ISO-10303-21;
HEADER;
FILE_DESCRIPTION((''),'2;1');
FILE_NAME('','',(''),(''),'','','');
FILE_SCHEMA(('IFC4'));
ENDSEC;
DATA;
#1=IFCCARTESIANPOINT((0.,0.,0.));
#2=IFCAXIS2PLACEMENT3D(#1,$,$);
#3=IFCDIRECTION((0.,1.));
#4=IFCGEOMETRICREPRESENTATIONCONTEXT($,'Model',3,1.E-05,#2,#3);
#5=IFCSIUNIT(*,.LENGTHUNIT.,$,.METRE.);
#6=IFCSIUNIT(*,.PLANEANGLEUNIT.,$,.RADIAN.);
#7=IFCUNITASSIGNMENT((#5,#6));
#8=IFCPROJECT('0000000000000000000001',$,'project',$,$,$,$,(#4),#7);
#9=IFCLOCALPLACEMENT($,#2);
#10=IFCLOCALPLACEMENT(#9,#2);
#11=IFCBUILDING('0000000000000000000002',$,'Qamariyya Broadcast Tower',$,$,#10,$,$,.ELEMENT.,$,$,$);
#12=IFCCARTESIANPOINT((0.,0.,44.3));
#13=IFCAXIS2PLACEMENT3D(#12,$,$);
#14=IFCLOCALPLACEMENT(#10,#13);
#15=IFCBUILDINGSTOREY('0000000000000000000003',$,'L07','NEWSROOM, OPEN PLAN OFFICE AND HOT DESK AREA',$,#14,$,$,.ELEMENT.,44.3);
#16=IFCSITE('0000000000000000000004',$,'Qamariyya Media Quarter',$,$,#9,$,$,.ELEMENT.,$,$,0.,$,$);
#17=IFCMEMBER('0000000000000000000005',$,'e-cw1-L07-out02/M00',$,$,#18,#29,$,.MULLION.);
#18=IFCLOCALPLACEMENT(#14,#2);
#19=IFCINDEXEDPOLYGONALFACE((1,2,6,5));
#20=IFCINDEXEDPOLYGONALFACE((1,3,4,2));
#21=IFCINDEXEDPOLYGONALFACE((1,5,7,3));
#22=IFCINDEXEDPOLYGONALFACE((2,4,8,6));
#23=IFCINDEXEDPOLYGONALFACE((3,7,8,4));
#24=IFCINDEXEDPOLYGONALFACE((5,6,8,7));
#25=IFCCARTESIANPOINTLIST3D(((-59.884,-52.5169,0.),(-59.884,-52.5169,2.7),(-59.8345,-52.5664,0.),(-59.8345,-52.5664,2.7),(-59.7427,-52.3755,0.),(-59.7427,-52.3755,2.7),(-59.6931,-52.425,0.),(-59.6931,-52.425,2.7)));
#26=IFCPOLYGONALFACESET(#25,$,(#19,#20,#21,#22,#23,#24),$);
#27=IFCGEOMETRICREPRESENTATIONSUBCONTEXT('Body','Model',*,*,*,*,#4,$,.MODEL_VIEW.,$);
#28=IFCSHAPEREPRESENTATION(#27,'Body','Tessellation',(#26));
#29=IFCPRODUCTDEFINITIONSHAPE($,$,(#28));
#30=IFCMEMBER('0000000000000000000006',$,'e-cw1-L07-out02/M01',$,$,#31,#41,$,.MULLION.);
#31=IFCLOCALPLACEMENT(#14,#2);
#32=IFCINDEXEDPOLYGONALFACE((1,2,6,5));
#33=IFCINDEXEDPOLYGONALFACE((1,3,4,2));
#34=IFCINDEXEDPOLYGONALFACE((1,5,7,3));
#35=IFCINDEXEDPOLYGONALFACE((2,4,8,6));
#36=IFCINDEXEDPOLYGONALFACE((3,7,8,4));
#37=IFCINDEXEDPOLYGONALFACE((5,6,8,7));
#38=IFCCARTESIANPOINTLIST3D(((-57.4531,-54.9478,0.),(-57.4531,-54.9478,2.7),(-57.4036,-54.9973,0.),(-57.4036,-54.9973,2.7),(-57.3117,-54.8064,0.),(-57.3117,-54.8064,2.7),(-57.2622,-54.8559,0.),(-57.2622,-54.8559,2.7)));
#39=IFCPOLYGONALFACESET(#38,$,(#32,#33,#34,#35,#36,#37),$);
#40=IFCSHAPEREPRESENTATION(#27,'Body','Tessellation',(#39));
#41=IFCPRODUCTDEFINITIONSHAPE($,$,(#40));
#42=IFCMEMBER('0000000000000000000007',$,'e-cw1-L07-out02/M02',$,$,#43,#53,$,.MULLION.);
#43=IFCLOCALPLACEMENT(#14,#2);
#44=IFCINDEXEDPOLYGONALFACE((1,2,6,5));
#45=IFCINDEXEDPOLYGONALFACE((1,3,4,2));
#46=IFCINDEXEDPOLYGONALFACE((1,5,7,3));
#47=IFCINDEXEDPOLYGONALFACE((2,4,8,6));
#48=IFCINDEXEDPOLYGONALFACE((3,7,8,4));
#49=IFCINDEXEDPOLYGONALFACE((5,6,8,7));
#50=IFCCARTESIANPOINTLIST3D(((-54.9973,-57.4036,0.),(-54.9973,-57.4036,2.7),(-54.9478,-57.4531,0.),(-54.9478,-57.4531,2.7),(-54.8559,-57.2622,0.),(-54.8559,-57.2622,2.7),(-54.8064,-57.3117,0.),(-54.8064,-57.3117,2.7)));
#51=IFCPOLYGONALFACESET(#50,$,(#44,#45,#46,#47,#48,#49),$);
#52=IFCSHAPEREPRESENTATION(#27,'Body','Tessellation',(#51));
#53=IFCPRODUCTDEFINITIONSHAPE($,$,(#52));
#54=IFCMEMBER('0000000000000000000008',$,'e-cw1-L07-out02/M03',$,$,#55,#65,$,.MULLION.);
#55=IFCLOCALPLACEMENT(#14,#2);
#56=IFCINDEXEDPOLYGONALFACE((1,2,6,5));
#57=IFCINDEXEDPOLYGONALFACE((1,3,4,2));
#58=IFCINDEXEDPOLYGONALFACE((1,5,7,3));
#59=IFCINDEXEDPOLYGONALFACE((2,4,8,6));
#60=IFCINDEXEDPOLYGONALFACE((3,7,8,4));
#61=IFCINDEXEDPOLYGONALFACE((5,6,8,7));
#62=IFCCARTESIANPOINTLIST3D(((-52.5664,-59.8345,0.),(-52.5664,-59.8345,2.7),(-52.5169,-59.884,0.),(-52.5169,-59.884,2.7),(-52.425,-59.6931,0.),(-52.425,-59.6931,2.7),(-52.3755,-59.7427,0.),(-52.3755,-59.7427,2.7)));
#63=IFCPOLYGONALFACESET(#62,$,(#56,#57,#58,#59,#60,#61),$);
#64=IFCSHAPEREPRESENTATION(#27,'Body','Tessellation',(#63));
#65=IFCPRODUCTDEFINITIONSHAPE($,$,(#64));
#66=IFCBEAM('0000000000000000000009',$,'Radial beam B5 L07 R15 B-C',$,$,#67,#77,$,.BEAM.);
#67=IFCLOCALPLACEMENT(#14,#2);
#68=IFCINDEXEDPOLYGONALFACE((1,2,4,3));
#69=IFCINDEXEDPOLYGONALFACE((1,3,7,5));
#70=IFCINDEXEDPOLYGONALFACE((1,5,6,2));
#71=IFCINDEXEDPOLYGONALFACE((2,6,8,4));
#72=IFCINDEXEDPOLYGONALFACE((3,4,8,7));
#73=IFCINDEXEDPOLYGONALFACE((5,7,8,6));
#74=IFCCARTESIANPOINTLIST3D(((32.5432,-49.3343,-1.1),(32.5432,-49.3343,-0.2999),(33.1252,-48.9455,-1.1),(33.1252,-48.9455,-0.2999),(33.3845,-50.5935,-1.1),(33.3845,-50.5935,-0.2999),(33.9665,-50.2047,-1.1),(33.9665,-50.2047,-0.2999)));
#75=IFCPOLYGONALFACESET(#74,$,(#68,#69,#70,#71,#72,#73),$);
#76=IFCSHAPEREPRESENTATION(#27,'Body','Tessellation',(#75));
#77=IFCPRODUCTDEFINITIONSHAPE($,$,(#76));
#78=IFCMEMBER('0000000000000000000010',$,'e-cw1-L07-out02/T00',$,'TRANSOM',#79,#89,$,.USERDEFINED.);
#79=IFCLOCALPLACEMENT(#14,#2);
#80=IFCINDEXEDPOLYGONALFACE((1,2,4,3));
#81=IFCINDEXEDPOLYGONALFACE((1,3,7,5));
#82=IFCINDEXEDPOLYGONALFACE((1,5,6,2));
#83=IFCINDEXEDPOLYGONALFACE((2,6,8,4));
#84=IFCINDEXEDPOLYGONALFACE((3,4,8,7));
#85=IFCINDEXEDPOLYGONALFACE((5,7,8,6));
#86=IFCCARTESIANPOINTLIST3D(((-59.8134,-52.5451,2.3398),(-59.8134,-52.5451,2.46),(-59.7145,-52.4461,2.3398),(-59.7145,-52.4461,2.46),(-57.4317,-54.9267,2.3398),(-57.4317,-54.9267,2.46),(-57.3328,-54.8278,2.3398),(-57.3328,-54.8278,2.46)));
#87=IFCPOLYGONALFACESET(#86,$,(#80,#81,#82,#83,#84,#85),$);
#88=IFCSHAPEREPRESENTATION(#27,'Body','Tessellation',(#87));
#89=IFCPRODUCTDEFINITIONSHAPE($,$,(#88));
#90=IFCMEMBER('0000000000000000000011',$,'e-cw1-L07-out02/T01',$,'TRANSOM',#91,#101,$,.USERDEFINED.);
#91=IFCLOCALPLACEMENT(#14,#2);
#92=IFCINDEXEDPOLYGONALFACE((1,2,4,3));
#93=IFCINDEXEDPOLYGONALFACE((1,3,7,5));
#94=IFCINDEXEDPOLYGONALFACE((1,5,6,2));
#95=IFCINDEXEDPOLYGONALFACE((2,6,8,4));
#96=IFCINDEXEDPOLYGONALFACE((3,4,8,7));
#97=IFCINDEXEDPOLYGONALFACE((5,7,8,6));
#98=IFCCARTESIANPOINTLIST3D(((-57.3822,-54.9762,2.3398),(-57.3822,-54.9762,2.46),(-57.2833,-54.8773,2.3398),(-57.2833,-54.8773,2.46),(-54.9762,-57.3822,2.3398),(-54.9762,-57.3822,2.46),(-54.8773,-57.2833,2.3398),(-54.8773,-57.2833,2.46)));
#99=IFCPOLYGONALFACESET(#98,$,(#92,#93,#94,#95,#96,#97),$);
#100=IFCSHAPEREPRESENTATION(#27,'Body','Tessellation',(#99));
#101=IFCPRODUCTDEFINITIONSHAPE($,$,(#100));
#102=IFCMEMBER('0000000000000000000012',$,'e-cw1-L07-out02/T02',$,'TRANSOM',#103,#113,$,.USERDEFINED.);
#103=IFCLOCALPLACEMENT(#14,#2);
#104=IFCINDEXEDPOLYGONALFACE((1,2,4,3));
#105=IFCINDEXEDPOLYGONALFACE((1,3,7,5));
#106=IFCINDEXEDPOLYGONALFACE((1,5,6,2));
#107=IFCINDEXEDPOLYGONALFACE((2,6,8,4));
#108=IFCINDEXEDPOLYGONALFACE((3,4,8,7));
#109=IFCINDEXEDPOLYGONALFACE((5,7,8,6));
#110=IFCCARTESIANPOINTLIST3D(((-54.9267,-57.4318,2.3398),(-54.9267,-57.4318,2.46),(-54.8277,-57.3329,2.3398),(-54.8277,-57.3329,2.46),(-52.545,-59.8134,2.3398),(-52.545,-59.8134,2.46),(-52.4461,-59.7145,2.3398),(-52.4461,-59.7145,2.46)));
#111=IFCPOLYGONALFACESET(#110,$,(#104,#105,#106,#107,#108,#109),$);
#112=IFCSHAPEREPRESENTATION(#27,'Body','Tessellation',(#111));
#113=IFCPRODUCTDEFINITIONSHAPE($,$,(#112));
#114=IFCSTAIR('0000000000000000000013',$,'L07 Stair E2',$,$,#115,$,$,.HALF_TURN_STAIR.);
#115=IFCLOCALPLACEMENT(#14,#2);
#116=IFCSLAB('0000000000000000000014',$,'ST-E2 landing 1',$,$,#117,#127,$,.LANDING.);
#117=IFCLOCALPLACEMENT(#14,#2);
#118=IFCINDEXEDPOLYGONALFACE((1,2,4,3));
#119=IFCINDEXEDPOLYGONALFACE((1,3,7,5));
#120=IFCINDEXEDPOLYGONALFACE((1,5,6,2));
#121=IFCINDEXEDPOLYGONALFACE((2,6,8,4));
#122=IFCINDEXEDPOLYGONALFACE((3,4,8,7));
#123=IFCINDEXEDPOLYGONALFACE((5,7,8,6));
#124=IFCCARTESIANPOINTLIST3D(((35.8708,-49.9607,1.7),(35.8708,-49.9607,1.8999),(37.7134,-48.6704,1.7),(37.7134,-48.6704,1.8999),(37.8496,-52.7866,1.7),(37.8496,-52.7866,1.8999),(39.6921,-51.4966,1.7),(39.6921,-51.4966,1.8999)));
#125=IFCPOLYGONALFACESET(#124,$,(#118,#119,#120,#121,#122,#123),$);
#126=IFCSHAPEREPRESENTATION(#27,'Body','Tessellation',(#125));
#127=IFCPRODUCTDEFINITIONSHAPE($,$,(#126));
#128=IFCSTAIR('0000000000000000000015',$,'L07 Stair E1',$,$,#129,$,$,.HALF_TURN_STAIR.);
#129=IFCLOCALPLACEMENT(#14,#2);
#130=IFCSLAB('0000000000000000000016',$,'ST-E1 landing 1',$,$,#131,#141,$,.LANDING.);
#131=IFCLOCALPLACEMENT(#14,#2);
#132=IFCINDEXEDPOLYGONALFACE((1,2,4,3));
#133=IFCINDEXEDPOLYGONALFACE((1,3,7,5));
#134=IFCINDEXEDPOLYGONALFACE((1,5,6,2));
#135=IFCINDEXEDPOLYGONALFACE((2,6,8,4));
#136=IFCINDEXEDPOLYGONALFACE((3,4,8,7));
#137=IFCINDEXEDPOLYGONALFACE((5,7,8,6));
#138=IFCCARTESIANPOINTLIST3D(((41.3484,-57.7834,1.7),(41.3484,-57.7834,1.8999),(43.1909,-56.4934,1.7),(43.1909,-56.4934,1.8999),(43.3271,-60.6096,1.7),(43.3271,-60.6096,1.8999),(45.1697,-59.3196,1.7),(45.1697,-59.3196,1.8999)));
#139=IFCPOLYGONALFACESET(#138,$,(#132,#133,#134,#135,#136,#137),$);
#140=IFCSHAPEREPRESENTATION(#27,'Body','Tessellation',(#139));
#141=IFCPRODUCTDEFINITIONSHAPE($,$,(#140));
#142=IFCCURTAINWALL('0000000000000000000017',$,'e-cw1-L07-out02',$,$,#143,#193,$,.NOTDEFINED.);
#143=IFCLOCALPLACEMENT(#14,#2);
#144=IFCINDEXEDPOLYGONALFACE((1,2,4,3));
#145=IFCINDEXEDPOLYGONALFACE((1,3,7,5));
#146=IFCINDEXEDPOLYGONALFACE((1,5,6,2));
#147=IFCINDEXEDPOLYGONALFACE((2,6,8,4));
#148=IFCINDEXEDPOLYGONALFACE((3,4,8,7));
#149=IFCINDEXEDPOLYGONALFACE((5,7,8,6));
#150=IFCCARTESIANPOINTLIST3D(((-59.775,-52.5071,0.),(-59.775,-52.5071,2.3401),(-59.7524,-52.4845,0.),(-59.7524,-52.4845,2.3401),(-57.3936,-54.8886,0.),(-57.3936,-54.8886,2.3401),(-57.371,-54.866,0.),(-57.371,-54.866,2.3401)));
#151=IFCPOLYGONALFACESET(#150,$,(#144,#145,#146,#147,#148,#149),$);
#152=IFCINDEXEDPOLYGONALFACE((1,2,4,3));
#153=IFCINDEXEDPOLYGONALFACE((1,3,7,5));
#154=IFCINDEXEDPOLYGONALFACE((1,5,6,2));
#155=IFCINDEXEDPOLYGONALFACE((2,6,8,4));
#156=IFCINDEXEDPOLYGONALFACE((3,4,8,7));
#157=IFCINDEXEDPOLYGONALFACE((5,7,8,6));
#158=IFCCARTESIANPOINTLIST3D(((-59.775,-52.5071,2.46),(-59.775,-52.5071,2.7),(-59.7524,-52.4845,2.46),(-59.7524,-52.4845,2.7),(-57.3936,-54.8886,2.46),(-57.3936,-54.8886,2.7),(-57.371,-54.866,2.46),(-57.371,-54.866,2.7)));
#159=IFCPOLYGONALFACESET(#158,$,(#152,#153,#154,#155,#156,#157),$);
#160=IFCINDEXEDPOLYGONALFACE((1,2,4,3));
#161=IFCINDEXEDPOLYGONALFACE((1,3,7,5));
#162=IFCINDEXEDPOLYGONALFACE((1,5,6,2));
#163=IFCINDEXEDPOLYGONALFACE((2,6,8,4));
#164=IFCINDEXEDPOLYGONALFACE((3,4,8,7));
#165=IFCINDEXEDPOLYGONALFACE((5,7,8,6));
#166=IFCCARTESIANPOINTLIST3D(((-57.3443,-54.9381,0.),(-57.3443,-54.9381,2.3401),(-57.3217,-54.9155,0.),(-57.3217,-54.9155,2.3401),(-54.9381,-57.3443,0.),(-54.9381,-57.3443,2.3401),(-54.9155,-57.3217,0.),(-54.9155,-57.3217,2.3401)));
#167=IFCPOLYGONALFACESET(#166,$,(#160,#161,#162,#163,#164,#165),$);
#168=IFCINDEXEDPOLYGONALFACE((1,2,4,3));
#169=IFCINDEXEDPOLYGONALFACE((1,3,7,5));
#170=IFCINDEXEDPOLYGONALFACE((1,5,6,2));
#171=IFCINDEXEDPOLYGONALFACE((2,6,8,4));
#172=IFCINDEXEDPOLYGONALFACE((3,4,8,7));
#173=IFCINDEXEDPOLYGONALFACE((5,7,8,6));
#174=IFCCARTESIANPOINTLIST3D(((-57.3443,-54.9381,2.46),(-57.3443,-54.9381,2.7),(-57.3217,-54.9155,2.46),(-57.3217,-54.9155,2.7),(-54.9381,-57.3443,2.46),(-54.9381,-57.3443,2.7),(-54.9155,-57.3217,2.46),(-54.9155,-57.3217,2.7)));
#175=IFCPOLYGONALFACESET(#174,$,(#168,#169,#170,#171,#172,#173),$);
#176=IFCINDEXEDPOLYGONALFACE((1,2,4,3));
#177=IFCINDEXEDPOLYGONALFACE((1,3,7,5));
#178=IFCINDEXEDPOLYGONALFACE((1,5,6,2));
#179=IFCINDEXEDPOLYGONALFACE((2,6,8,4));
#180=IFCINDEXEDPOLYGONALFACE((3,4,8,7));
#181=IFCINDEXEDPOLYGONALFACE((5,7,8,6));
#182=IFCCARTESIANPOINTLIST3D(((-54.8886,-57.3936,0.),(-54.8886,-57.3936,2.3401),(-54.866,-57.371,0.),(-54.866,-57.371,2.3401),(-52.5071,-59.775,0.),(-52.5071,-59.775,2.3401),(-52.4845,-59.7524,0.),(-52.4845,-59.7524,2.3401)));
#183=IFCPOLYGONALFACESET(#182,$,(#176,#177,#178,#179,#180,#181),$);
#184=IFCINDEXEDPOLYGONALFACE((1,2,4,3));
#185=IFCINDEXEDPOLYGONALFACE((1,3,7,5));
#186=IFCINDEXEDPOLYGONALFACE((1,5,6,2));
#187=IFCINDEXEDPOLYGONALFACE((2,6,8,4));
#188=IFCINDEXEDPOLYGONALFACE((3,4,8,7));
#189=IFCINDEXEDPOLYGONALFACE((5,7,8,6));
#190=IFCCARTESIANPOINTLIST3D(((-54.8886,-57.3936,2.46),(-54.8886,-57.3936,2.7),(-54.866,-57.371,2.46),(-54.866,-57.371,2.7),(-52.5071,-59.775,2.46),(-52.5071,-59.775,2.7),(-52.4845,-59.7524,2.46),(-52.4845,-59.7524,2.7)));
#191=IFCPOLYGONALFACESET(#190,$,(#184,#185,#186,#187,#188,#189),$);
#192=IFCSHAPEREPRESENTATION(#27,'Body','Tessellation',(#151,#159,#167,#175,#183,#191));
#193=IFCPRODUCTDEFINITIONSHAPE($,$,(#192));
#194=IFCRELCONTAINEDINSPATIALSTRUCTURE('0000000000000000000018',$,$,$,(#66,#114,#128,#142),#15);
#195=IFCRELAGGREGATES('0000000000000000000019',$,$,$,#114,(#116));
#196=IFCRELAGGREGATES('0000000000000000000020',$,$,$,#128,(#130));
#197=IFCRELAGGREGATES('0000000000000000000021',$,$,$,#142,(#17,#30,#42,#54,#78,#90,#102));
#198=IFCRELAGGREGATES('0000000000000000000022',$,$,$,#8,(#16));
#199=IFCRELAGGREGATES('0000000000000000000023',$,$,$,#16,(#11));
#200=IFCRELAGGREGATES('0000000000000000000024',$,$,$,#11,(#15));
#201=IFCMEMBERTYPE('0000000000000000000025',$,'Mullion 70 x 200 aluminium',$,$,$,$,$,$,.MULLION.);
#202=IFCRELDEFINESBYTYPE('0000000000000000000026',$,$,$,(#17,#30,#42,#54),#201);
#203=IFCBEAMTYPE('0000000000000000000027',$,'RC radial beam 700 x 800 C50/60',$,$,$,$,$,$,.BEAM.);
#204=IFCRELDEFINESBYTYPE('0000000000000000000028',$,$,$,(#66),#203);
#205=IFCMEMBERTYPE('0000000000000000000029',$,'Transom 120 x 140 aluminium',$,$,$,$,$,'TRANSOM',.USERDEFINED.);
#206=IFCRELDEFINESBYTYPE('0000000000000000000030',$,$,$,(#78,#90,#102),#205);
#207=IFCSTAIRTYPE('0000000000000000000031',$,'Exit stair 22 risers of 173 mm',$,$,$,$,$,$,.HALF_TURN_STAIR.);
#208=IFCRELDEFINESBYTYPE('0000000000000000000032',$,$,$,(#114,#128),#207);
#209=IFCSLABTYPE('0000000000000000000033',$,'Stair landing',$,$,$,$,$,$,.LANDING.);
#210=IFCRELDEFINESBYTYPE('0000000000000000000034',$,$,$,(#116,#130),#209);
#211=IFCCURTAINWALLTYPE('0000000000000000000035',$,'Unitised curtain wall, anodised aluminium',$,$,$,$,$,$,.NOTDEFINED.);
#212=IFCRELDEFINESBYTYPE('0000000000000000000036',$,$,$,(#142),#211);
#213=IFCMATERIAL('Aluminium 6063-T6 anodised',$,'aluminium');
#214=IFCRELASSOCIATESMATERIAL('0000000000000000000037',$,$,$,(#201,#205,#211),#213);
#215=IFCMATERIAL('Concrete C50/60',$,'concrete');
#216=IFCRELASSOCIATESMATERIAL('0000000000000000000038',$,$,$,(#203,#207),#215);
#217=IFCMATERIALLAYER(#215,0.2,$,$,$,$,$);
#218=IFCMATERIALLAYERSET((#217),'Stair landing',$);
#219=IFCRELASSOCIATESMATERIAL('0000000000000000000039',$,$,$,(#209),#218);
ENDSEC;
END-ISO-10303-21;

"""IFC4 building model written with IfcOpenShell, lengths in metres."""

from ifc_helpers import new_model, si_unit, direction, frame, origin, origin_2d, place, context, subcontext, project, spatial, polyline, rectangle, outline, extrude, material, layer, layer_set, material_profile, profile_set, type_object, element, aggregate, save


model = new_model("IFC4")

# Units and contexts
model_context = context("Model", 3, precision=1e-05, world=origin(), true_north=direction((0.0, 1.0)))
body_context = subcontext(model_context, "Body", "Model", "MODEL_VIEW")
ifc_project = project(units=[si_unit("LENGTHUNIT", "METRE"), si_unit("PLANEANGLEUNIT", "RADIAN")], contexts=[model_context])

# Site, building, storey
site_placement = place(None, origin())
site = spatial("IfcSite", under=ifc_project, at=site_placement, Name="Qamariyya Media Quarter", CompositionType="ELEMENT", RefElevation=0.0)
building_placement = place(site_placement, origin())
building = spatial("IfcBuilding", under=site, at=building_placement, Name="Qamariyya Broadcast Tower", CompositionType="ELEMENT")
storey_placement = place(building_placement, frame((0.0, 0.0, 44.3)))
storey = spatial("IfcBuildingStorey", under=building, at=storey_placement, Name="L07", Description="NEWSROOM, OPEN PLAN OFFICE AND HOT DESK AREA", CompositionType="ELEMENT", Elevation=44.3)

# Members
ifc_material_1 = material(Name="Aluminium 6063-T6 anodised", Category="aluminium")
ifc_material_profile_1 = material_profile(ifc_material_1, rectangle(XDim=0.2, YDim=0.0701, at=origin_2d()))
ifc_profile_set_1 = profile_set([ifc_material_profile_1], Name="Aluminium 6063-T6 anodised")
member_type_1 = type_object("IfcMemberType", Name="Mullion 70 x 200 aluminium", PredefinedType="MULLION", material=ifc_profile_set_1)
member_1_placement = place(storey_placement, frame((-59.7886, -52.4709, 0.0), z_axis=(0.0, 0.0, 1.0), x_axis=(0.707107, 0.707107, 0.0)))
member_1 = element("IfcMember", 1, at=member_1_placement, type_object=member_type_1, Name="e-cw1-L07-out02/M00", PredefinedType="MULLION", context=body_context, shape_type="SweptSolid", body=[
    extrude(rectangle(XDim=0.2, YDim=0.0701, at=origin_2d()), origin(), (0.0, 0.0, 1.0), 2.7),
])
member_2_placement = place(storey_placement, frame((-57.3577, -54.9019, 0.0), z_axis=(0.0, 0.0, 1.0), x_axis=(0.707107, 0.707107, 0.0)))
member_2 = element("IfcMember", 2, at=member_2_placement, type_object=member_type_1, Name="e-cw1-L07-out02/M01", PredefinedType="MULLION", context=body_context, shape_type="SweptSolid", body=[
    extrude(rectangle(XDim=0.2, YDim=0.0701, at=origin_2d()), origin(), (0.0, 0.0, 1.0), 2.7),
])
member_3_placement = place(storey_placement, frame((-54.9019, -57.3577, 0.0), z_axis=(0.0, 0.0, 1.0), x_axis=(0.707107, 0.707107, 0.0)))
member_3 = element("IfcMember", 3, at=member_3_placement, type_object=member_type_1, Name="e-cw1-L07-out02/M02", PredefinedType="MULLION", context=body_context, shape_type="SweptSolid", body=[
    extrude(rectangle(XDim=0.2, YDim=0.0701, at=origin_2d()), origin(), (0.0, 0.0, 1.0), 2.7),
])
member_4_placement = place(storey_placement, frame((-52.4709, -59.7886, 0.0), z_axis=(0.0, 0.0, 1.0), x_axis=(0.707107, 0.707107, 0.0)))
member_4 = element("IfcMember", 4, at=member_4_placement, type_object=member_type_1, Name="e-cw1-L07-out02/M03", PredefinedType="MULLION", context=body_context, shape_type="SweptSolid", body=[
    extrude(rectangle(XDim=0.2, YDim=0.0701, at=origin_2d()), origin(), (0.0, 0.0, 1.0), 2.7),
])

# Beam
ifc_material_2 = material(Name="Concrete C50/60", Category="concrete")
ifc_material_profile_2 = material_profile(ifc_material_2, rectangle(XDim=0.7, YDim=0.8, at=origin_2d()))
ifc_profile_set_2 = profile_set([ifc_material_profile_2], Name="Concrete C50/60")
beam_type = type_object("IfcBeamType", Name="RC radial beam 700 x 800 C50/60", PredefinedType="BEAM", material=ifc_profile_set_2)
beam_placement = place(storey_placement, frame((32.8342, -49.1399, -0.7), z_axis=(0.555518, -0.831504, 0.0), x_axis=(0.831504, 0.555518, 0.0)))
element("IfcBeam", 5, at=beam_placement, inside=storey, type_object=beam_type, Name="Radial beam B5 L07 R15 B-C", PredefinedType="BEAM", context=body_context, shape_type="SweptSolid", body=[
    extrude(rectangle(XDim=0.7, YDim=0.8, at=origin_2d()), origin(), (0.0, 0.0, 1.0), 1.5144),
])

# Members
ifc_material_profile_3 = material_profile(ifc_material_1, rectangle(XDim=0.1399, YDim=0.1201, at=origin_2d()))
ifc_profile_set_3 = profile_set([ifc_material_profile_3], Name="Aluminium 6063-T6 anodised")
member_type_2 = type_object("IfcMemberType", Name="Transom 120 x 140 aluminium", ElementType="TRANSOM", PredefinedType="USERDEFINED", material=ifc_profile_set_3)
member_5_placement = place(storey_placement, frame((-59.7639, -52.4956, 2.3999), z_axis=(0.707107, -0.707107, 0.0), x_axis=(0.707107, 0.707107, 0.0)))
member_5 = element("IfcMember", 6, at=member_5_placement, type_object=member_type_2, Name="e-cw1-L07-out02/T00", ObjectType="TRANSOM", PredefinedType="USERDEFINED", context=body_context, shape_type="SweptSolid", body=[
    extrude(rectangle(XDim=0.1399, YDim=0.1201, at=origin_2d()), origin(), (0.0, 0.0, 1.0), 3.3682),
])
member_6_placement = place(storey_placement, frame((-57.3328, -54.9268, 2.3999), z_axis=(0.707107, -0.707107, 0.0), x_axis=(0.707107, 0.707107, 0.0)))
member_6 = element("IfcMember", 7, at=member_6_placement, type_object=member_type_2, Name="e-cw1-L07-out02/T01", ObjectType="TRANSOM", PredefinedType="USERDEFINED", context=body_context, shape_type="SweptSolid", body=[
    extrude(rectangle(XDim=0.1399, YDim=0.1201, at=origin_2d()), origin(), (0.0, 0.0, 1.0), 3.4026),
])
member_7_placement = place(storey_placement, frame((-54.8772, -57.3823, 2.3999), z_axis=(0.707107, -0.707107, 0.0), x_axis=(0.707107, 0.707107, 0.0)))
member_7 = element("IfcMember", 8, at=member_7_placement, type_object=member_type_2, Name="e-cw1-L07-out02/T02", ObjectType="TRANSOM", PredefinedType="USERDEFINED", context=body_context, shape_type="SweptSolid", body=[
    extrude(rectangle(XDim=0.1399, YDim=0.1201, at=origin_2d()), origin(), (0.0, 0.0, 1.0), 3.3682),
])

# Stairs, slabs
stair_type = type_object("IfcStairType", Name="Exit stair 22 risers of 173 mm", PredefinedType="HALF_TURN_STAIR", material=ifc_material_2)
stair_1_placement = place(storey_placement, origin())
stair_1 = element("IfcStair", 9, at=stair_1_placement, inside=storey, type_object=stair_type, Name="L07 Stair E2", PredefinedType="HALF_TURN_STAIR")
ifc_layer_1 = layer(ifc_material_2, 0.2)
ifc_layer_set_1 = layer_set([ifc_layer_1], Name="Stair landing")
slab_type = type_object("IfcSlabType", Name="Stair landing", PredefinedType="LANDING", material=ifc_layer_set_1)
slab_1_placement = place(storey_placement, frame((0.0, 0.0, 1.7)))
slab_1 = element("IfcSlab", 10, at=slab_1_placement, type_object=slab_type, Name="ST-E2 landing 1", PredefinedType="LANDING", context=body_context, shape_type="SweptSolid", body=[
    extrude(outline(polyline([(37.7134, -48.6704), (35.8708, -49.9607), (37.8496, -52.7866), (39.6921, -51.4966), (37.7134, -48.6704)])), origin(), (0.0, 0.0, 1.0), 0.2),
])
aggregate(stair_1, [slab_1])
stair_2_placement = place(storey_placement, origin())
stair_2 = element("IfcStair", 11, at=stair_2_placement, inside=storey, type_object=stair_type, Name="L07 Stair E1", PredefinedType="HALF_TURN_STAIR")
slab_2_placement = place(storey_placement, frame((0.0, 0.0, 1.7)))
slab_2 = element("IfcSlab", 12, at=slab_2_placement, type_object=slab_type, Name="ST-E1 landing 1", PredefinedType="LANDING", context=body_context, shape_type="SweptSolid", body=[
    extrude(outline(polyline([(43.1909, -56.4934), (41.3484, -57.7834), (43.3271, -60.6096), (45.1697, -59.3196), (43.1909, -56.4934)])), origin(), (0.0, 0.0, 1.0), 0.2),
])
aggregate(stair_2, [slab_2])

# Curtain wall
curtain_wall_type = type_object("IfcCurtainWallType", Name="Unitised curtain wall, anodised aluminium", PredefinedType="NOTDEFINED", material=ifc_material_1)
curtain_wall_1_placement = place(storey_placement, origin())
curtain_wall_1 = element("IfcCurtainWall", 13, at=curtain_wall_1_placement, inside=storey, type_object=curtain_wall_type, Name="e-cw1-L07-out02", PredefinedType="NOTDEFINED", context=body_context, shape_type="SweptSolid", body=[
    extrude(rectangle(XDim=3.3679, YDim=0.032, at=origin_2d()), frame((-58.573, -53.6865, 0.0), x_axis=(0.707107, -0.707107, 0.0)), (0.0, 0.0, 1.0), 2.3401),
    extrude(rectangle(XDim=3.3679, YDim=0.032, at=origin_2d()), frame((-58.573, -53.6865, 2.46), x_axis=(0.707107, -0.707107, 0.0)), (0.0, 0.0, 1.0), 0.24),
    extrude(rectangle(XDim=3.4028, YDim=0.032, at=origin_2d()), frame((-56.1299, -56.1299, 0.0), x_axis=(0.707107, -0.707107, 0.0)), (0.0, 0.0, 1.0), 2.3401),
    extrude(rectangle(XDim=3.4028, YDim=0.032, at=origin_2d()), frame((-56.1299, -56.1299, 2.46), x_axis=(0.707107, -0.707107, 0.0)), (0.0, 0.0, 1.0), 0.24),
    extrude(rectangle(XDim=3.3679, YDim=0.032, at=origin_2d()), frame((-53.6865, -58.573, 0.0), x_axis=(0.707107, -0.707107, 0.0)), (0.0, 0.0, 1.0), 2.3401),
    extrude(rectangle(XDim=3.3679, YDim=0.032, at=origin_2d()), frame((-53.6865, -58.573, 2.46), x_axis=(0.707107, -0.707107, 0.0)), (0.0, 0.0, 1.0), 0.24),
])
aggregate(curtain_wall_1, [member_1, member_2, member_3, member_4, member_5, member_6, member_7])

save(model, "model.ifc")
